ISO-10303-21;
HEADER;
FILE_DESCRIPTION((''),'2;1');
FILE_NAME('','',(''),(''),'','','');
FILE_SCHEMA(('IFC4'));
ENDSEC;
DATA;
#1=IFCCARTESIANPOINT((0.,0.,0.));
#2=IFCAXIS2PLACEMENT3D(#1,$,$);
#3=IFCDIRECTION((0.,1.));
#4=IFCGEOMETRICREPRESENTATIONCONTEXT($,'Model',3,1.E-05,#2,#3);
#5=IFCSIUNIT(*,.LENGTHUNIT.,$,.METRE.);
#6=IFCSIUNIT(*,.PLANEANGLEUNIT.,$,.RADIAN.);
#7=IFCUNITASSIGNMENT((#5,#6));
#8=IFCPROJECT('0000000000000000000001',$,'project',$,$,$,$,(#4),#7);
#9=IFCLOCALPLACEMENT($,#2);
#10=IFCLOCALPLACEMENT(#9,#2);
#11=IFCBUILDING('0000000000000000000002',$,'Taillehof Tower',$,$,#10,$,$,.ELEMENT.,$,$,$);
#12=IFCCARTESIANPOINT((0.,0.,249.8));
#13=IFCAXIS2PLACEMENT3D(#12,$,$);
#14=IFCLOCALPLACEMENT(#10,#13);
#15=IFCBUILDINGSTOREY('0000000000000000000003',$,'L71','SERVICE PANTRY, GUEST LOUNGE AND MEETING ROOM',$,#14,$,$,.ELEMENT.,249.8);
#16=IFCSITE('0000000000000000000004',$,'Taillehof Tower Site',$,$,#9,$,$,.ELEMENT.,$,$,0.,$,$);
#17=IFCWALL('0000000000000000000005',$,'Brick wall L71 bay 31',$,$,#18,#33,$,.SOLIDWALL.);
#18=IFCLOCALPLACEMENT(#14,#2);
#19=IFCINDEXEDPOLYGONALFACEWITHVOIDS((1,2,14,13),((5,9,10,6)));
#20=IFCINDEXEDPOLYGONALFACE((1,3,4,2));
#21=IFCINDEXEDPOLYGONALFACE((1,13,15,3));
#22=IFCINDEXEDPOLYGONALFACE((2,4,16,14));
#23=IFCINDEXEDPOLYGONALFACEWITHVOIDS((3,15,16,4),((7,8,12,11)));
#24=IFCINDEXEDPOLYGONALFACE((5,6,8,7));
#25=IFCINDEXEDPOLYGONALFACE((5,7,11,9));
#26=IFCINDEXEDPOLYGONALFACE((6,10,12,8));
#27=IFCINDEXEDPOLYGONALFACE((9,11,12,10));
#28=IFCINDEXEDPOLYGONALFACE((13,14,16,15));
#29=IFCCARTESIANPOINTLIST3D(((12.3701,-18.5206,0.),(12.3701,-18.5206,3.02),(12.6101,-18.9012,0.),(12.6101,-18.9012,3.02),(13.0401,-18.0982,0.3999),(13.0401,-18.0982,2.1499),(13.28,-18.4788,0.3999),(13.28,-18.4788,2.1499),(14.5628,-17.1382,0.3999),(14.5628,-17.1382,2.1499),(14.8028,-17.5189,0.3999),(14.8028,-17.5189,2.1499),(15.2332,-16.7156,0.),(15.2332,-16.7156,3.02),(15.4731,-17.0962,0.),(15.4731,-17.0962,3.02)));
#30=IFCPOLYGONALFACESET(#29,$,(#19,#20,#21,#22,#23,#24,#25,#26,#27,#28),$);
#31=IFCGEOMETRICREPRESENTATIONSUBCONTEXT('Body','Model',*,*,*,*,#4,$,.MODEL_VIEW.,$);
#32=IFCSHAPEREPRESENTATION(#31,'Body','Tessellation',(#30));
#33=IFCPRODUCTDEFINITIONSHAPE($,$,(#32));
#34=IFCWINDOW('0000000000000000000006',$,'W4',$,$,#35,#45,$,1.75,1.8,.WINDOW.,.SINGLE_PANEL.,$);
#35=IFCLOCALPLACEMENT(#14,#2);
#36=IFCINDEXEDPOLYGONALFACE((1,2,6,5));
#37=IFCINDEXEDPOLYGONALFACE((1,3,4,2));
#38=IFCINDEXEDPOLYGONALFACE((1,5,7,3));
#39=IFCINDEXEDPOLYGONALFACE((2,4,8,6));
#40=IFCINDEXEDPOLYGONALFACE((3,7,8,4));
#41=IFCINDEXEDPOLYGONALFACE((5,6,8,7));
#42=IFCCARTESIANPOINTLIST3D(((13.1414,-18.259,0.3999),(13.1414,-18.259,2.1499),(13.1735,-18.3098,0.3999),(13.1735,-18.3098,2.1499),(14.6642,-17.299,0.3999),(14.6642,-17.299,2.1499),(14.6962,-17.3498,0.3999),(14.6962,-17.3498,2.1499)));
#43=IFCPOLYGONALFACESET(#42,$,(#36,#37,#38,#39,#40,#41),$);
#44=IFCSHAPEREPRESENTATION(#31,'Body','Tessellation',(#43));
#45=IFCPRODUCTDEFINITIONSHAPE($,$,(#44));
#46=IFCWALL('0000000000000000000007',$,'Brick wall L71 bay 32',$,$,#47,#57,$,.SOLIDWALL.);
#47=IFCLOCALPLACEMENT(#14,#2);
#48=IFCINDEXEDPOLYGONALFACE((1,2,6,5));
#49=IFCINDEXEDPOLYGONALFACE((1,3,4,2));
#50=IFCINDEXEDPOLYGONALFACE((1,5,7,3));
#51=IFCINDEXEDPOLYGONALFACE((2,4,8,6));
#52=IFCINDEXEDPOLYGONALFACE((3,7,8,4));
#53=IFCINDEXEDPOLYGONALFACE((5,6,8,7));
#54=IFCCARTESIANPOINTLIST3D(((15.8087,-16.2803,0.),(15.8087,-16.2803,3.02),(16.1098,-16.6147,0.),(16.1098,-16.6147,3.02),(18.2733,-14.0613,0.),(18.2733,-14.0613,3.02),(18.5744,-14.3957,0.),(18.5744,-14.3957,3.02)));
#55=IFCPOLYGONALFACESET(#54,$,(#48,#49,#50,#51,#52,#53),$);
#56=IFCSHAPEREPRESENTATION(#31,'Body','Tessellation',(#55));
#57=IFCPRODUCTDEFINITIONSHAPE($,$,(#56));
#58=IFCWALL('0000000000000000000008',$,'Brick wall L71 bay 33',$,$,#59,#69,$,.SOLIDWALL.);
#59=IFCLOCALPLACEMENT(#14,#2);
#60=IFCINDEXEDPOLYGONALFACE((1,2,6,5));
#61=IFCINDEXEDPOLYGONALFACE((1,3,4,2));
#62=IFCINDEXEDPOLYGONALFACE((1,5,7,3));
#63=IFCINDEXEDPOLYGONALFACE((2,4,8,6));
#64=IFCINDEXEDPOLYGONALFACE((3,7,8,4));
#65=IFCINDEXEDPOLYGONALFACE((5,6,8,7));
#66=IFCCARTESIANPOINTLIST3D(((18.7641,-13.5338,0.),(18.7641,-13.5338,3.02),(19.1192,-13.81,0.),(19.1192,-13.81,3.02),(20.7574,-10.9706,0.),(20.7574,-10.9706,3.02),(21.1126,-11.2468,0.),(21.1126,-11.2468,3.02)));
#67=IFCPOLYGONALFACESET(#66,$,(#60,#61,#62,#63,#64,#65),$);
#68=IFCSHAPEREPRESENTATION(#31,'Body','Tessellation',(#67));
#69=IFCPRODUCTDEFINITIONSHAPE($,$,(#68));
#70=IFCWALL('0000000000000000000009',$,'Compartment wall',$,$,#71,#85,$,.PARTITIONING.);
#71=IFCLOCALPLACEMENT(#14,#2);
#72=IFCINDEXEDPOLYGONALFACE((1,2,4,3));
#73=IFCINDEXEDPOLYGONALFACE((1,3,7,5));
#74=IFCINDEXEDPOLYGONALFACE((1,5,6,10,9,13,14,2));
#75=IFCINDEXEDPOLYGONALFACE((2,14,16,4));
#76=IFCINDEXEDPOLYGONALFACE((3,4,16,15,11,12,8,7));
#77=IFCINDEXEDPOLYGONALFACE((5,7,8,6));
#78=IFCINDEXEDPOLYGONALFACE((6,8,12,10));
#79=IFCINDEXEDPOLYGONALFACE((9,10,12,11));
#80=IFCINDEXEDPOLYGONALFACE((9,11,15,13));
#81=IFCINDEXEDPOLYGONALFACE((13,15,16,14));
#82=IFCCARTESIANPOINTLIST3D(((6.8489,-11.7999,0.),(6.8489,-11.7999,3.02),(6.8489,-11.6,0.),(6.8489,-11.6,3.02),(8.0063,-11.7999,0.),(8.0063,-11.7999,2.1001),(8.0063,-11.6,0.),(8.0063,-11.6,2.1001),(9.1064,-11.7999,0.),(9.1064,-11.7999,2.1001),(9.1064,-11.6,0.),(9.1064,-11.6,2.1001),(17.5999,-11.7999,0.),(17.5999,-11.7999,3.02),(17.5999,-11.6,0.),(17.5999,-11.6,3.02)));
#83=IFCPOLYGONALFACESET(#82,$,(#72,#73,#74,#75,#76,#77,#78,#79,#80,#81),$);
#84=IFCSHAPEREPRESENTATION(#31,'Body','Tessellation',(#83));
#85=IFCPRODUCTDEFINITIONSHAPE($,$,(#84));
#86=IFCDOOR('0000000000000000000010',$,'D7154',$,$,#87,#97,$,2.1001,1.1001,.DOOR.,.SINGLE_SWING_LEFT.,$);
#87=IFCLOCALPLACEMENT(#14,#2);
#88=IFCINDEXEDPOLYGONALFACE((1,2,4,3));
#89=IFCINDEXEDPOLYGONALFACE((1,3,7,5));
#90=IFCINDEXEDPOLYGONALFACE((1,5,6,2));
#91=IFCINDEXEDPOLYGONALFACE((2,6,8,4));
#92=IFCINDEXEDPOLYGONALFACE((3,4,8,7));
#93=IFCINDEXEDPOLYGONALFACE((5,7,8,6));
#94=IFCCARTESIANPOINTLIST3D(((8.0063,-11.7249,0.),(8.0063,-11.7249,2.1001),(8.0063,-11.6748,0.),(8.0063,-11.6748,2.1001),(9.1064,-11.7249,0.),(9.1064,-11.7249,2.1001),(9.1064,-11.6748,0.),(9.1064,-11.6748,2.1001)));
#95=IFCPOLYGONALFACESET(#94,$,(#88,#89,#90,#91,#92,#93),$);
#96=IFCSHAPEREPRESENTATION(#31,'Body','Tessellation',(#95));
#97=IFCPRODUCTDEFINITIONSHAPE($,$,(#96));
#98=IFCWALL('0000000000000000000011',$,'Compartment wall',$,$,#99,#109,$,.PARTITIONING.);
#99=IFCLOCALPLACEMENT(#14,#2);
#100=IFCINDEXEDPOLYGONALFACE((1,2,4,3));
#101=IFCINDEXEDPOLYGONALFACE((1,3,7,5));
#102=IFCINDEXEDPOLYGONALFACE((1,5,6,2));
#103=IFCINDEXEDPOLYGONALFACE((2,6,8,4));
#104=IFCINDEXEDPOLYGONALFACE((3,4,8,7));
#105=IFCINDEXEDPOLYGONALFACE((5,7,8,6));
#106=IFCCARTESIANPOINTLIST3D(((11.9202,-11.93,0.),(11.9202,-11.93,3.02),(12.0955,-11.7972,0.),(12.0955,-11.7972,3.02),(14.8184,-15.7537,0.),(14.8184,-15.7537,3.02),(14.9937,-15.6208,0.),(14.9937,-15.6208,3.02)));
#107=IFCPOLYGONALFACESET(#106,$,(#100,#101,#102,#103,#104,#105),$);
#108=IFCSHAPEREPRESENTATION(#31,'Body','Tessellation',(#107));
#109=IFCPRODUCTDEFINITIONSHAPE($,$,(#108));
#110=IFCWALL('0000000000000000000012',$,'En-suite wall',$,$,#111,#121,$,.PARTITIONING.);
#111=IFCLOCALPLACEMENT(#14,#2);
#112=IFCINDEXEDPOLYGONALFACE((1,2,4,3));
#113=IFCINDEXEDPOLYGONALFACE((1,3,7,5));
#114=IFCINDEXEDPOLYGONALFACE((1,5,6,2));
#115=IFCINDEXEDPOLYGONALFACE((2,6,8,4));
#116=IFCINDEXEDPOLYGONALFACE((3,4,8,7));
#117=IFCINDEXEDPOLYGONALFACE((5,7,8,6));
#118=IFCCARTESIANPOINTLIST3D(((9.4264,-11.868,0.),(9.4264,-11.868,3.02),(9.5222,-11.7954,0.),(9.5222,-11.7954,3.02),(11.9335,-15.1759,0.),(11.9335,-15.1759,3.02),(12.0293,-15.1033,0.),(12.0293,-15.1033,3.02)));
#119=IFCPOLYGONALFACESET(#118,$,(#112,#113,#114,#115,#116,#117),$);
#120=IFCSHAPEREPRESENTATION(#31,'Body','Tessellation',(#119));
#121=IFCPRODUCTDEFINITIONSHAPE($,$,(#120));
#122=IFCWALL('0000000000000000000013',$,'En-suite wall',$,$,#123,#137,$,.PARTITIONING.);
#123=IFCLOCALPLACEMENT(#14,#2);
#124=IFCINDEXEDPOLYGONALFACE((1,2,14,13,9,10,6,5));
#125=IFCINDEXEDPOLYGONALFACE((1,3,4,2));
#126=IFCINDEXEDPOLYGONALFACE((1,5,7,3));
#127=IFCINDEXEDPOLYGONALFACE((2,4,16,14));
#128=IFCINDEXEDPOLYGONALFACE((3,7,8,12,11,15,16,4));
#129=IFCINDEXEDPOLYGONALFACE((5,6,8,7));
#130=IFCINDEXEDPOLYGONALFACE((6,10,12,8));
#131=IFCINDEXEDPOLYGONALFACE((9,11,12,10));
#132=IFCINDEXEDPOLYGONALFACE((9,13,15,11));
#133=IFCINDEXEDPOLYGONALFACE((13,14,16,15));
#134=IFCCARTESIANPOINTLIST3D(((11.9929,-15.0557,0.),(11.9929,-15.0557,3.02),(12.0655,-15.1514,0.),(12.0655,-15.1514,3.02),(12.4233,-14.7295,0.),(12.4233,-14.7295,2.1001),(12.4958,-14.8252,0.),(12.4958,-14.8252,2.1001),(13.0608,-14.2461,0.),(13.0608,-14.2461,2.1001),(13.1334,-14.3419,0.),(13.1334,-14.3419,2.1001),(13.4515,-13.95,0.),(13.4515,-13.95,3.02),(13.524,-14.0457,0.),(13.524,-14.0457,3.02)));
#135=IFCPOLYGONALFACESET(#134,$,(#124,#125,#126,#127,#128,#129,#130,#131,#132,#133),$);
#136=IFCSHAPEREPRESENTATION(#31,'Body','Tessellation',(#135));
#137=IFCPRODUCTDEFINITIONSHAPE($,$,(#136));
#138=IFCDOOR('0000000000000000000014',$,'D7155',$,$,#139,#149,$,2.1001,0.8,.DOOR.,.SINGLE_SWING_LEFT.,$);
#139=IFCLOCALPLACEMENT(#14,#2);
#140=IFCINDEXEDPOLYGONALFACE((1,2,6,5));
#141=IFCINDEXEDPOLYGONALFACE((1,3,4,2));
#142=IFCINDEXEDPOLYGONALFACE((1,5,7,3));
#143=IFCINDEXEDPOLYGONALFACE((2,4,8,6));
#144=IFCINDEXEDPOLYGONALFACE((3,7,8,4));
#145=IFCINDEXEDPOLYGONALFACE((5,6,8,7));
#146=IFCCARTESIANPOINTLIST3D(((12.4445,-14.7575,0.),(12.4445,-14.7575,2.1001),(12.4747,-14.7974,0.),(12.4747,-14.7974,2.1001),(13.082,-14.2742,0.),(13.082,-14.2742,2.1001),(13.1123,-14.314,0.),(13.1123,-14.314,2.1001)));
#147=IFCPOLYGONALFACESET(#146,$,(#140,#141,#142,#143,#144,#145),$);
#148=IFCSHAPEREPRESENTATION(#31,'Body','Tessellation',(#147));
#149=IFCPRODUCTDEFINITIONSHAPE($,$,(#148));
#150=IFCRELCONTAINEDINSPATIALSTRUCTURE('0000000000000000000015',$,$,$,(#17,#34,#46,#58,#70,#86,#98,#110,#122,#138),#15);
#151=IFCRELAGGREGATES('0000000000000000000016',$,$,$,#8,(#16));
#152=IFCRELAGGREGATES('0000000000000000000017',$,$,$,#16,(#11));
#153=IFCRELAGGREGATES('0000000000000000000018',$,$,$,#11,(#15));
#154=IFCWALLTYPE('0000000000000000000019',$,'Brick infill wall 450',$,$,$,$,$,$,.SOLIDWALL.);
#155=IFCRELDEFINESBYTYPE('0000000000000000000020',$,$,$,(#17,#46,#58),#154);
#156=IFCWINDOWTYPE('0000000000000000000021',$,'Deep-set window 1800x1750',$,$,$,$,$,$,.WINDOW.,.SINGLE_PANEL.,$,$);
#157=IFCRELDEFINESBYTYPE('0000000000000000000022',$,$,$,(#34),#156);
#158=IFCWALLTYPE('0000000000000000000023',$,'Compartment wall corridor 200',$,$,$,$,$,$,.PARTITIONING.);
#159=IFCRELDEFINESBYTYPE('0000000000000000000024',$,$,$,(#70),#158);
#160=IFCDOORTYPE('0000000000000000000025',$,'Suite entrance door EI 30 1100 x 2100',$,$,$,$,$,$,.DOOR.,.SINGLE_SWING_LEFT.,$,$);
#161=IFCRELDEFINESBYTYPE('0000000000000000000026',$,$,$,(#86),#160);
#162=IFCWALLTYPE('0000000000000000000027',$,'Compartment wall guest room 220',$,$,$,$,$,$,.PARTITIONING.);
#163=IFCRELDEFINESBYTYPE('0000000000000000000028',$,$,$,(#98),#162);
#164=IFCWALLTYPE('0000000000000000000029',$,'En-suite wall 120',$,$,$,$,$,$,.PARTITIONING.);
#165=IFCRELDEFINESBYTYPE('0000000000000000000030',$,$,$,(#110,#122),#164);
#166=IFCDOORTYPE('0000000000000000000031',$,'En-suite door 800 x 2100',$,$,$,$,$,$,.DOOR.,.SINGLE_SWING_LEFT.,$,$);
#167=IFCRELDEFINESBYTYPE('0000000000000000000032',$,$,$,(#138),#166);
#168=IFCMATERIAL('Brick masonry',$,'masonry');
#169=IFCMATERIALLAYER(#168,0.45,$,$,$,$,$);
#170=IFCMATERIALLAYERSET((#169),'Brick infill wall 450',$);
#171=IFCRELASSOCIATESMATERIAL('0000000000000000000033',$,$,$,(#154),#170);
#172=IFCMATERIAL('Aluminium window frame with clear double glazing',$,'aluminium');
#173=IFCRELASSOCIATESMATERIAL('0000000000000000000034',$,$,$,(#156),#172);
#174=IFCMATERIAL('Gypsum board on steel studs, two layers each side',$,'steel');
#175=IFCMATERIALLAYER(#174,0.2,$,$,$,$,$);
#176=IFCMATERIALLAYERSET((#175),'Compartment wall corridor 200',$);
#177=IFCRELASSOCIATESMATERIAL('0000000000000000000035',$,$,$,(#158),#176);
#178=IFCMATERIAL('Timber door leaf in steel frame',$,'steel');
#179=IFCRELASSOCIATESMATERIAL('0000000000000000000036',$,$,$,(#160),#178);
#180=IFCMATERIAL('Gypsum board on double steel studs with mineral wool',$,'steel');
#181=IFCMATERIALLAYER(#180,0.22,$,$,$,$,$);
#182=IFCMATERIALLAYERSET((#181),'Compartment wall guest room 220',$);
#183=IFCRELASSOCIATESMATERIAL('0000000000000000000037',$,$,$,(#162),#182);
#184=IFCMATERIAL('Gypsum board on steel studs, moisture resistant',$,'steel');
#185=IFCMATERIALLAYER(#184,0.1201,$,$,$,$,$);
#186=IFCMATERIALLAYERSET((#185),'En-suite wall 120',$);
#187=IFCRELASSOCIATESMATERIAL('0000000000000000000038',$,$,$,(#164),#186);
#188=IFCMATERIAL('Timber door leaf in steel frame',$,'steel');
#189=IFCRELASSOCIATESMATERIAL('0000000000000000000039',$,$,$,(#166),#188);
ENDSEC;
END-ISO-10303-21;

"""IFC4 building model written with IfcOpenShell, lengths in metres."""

from ifc_helpers import new_model, si_unit, direction, frame, frame_2d, origin, place, context, subcontext, project, spatial, rectangle, extrude, material, layer, layer_set, type_object, element, fill, save


model = new_model("IFC4")

# Units and contexts
model_context = context("Model", 3, precision=1e-05, world=origin(), true_north=direction((0.0, 1.0)))
body_context = subcontext(model_context, "Body", "Model", "MODEL_VIEW")
ifc_project = project(units=[si_unit("LENGTHUNIT", "METRE"), si_unit("PLANEANGLEUNIT", "RADIAN")], contexts=[model_context])

# Site, building, storey
site_placement = place(None, origin())
site = spatial("IfcSite", under=ifc_project, at=site_placement, Name="Taillehof Tower Site", CompositionType="ELEMENT", RefElevation=0.0)
building_placement = place(site_placement, origin())
building = spatial("IfcBuilding", under=site, at=building_placement, Name="Taillehof Tower", CompositionType="ELEMENT")
storey_placement = place(building_placement, frame((0.0, 0.0, 249.8)))
storey = spatial("IfcBuildingStorey", under=building, at=storey_placement, Name="L71", Description="SERVICE PANTRY, GUEST LOUNGE AND MEETING ROOM", CompositionType="ELEMENT", Elevation=249.8)

# Wall, opening, window
ifc_material_1 = material(Name="Brick masonry", Category="masonry")
ifc_layer_1 = layer(ifc_material_1, 0.45)
ifc_layer_set_1 = layer_set([ifc_layer_1], Name="Brick infill wall 450")
wall_type_1 = type_object("IfcWallType", Name="Brick infill wall 450", PredefinedType="SOLIDWALL", material=ifc_layer_set_1)
ifc_material_2 = material(Name="Aluminium window frame with clear double glazing", Category="aluminium")
window_type = type_object("IfcWindowType", Name="Deep-set window 1800x1750", PartitioningType="SINGLE_PANEL", PredefinedType="WINDOW", material=ifc_material_2)
wall_1_placement = place(storey_placement, frame((12.49, -18.7109, 0.0), z_axis=(0.0, 0.0, 1.0), x_axis=(0.845929, 0.533295, 0.0)))
wall_1 = element("IfcWall", 1, at=wall_1_placement, inside=storey, type_object=wall_type_1, Name="Brick wall L71 bay 31", PredefinedType="SOLIDWALL", context=body_context, shape_type="SweptSolid", body=[
    extrude(rectangle(XDim=3.3845, YDim=0.45, at=frame_2d((1.6924, 0.0))), origin(), (0.0, 0.0, 1.0), 3.02),
])
opening_1_placement = place(wall_1_placement, frame((0.7922, 0.0, 0.3999)))
opening_1 = element("IfcOpeningElement", 2, at=opening_1_placement, cuts=wall_1, PredefinedType="OPENING", context=body_context, shape_type="SweptSolid", body=[
    extrude(rectangle(XDim=1.8, YDim=1.75, at=frame_2d((0.8999, 0.875))), frame((0.0, 0.2349, 0.0), z_axis=(0.0, -1.0, 0.0), x_axis=(1.0, 0.0, 0.0)), (0.0, 0.0, 1.0), 0.47),
])
window_1_placement = place(opening_1_placement, origin())
window_1 = element("IfcWindow", 3, at=window_1_placement, inside=storey, type_object=window_type, Name="W4", OverallHeight=1.75, OverallWidth=1.8, PartitioningType="SINGLE_PANEL", PredefinedType="WINDOW", context=body_context, shape_type="SweptSolid", body=[
    extrude(rectangle(XDim=1.8, YDim=1.75, at=frame_2d((0.8999, 0.875))), frame((0.0, 0.0349, 0.0), z_axis=(0.0, -1.0, 0.0), x_axis=(1.0, 0.0, 0.0)), (0.0, 0.0, 1.0), 0.0601),
])
fill(opening_1, window_1)

# Walls
wall_2_placement = place(storey_placement, frame((15.9592, -16.4475, 0.0), z_axis=(0.0, 0.0, 1.0), x_axis=(0.743166, 0.669107, 0.0)))
element("IfcWall", 4, at=wall_2_placement, inside=storey, type_object=wall_type_1, Name="Brick wall L71 bay 32", PredefinedType="SOLIDWALL", context=body_context, shape_type="SweptSolid", body=[
    extrude(rectangle(XDim=3.3164, YDim=0.45, at=frame_2d((1.6582, 0.0))), origin(), (0.0, 0.0, 1.0), 3.02),
])
wall_3_placement = place(storey_placement, frame((18.9417, -13.6719, 0.0), z_axis=(0.0, 0.0, 1.0), x_axis=(0.613899, 0.789385, 0.0)))
element("IfcWall", 5, at=wall_3_placement, inside=storey, type_object=wall_type_1, Name="Brick wall L71 bay 33", PredefinedType="SOLIDWALL", context=body_context, shape_type="SweptSolid", body=[
    extrude(rectangle(XDim=3.2471, YDim=0.45, at=frame_2d((1.6235, 0.0))), origin(), (0.0, 0.0, 1.0), 3.02),
])

# Wall, opening, door
ifc_material_3 = material(Name="Gypsum board on steel studs, two layers each side", Category="steel")
ifc_layer_2 = layer(ifc_material_3, 0.2)
ifc_layer_set_2 = layer_set([ifc_layer_2], Name="Compartment wall corridor 200")
wall_type_2 = type_object("IfcWallType", Name="Compartment wall corridor 200", PredefinedType="PARTITIONING", material=ifc_layer_set_2)
wall_4_placement = place(storey_placement, frame((17.5999, -11.7, 0.0), z_axis=(0.0, 0.0, 1.0), x_axis=(-1.0, 0.0, 0.0)))
wall_4 = element("IfcWall", 6, at=wall_4_placement, inside=storey, type_object=wall_type_2, Name="Compartment wall", PredefinedType="PARTITIONING", context=body_context, shape_type="SweptSolid", body=[
    extrude(rectangle(XDim=10.751, YDim=0.2, at=frame_2d((5.3755, 0.0))), origin(), (0.0, 0.0, 1.0), 3.02),
])
opening_2_placement = place(wall_4_placement, frame((8.4934, 0.0, 0.0)))
opening_2 = element("IfcOpeningElement", 7, at=opening_2_placement, cuts=wall_4, PredefinedType="OPENING", context=body_context, shape_type="SweptSolid", body=[
    extrude(rectangle(XDim=1.1001, YDim=2.1001, at=frame_2d((0.55, 1.05))), frame((0.0, 0.1099, 0.0), z_axis=(0.0, -1.0, 0.0), x_axis=(1.0, 0.0, 0.0)), (0.0, 0.0, 1.0), 0.22),
])
ifc_material_4 = material(Name="Timber door leaf in steel frame", Category="steel")
door_type_1 = type_object("IfcDoorType", Name="Suite entrance door EI 30 1100 x 2100", OperationType="SINGLE_SWING_LEFT", PredefinedType="DOOR", material=ifc_material_4)
door_1_placement = place(opening_2_placement, origin())
door_1 = element("IfcDoor", 8, at=door_1_placement, inside=storey, type_object=door_type_1, Name="D7154", OperationType="SINGLE_SWING_LEFT", OverallHeight=2.1001, OverallWidth=1.1001, PredefinedType="DOOR", context=body_context, shape_type="SweptSolid", body=[
    extrude(rectangle(XDim=1.1001, YDim=2.1001, at=frame_2d((0.55, 1.05))), frame((0.0, 0.0249, 0.0), z_axis=(0.0, -1.0, 0.0), x_axis=(1.0, 0.0, 0.0)), (0.0, 0.0, 1.0), 0.05),
])
fill(opening_2, door_1)

# Walls
ifc_material_5 = material(Name="Gypsum board on double steel studs with mineral wool", Category="steel")
ifc_layer_3 = layer(ifc_material_5, 0.22)
ifc_layer_set_3 = layer_set([ifc_layer_3], Name="Compartment wall guest room 220")
wall_type_3 = type_object("IfcWallType", Name="Compartment wall guest room 220", PredefinedType="PARTITIONING", material=ifc_layer_set_3)
wall_5_placement = place(storey_placement, frame((14.906, -15.6873, 0.0), z_axis=(0.0, 0.0, 1.0), x_axis=(-0.604047, 0.796949, 0.0)))
element("IfcWall", 9, at=wall_5_placement, inside=storey, type_object=wall_type_3, Name="Compartment wall", PredefinedType="PARTITIONING", context=body_context, shape_type="SweptSolid", body=[
    extrude(rectangle(XDim=4.7979, YDim=0.22, at=frame_2d((2.3989, 0.0))), origin(), (0.0, 0.0, 1.0), 3.02),
])
ifc_material_6 = material(Name="Gypsum board on steel studs, moisture resistant", Category="steel")
ifc_layer_4 = layer(ifc_material_6, 0.1201)
ifc_layer_set_4 = layer_set([ifc_layer_4], Name="En-suite wall 120")
wall_type_4 = type_object("IfcWallType", Name="En-suite wall 120", PredefinedType="PARTITIONING", material=ifc_layer_set_4)
wall_6_placement = place(storey_placement, frame((9.4744, -11.8318, 0.0), z_axis=(0.0, 0.0, 1.0), x_axis=(0.60403, -0.796962, 0.0)))
element("IfcWall", 10, at=wall_6_placement, inside=storey, type_object=wall_type_4, Name="En-suite wall", PredefinedType="PARTITIONING", context=body_context, shape_type="SweptSolid", body=[
    extrude(rectangle(XDim=4.1506, YDim=0.1201, at=frame_2d((2.0752, 0.0))), origin(), (0.0, 0.0, 1.0), 3.02),
])

# Wall, opening, door
wall_7_placement = place(storey_placement, frame((12.0293, -15.1035, 0.0), z_axis=(0.0, 0.0, 1.0), x_axis=(0.796884, 0.604132, 0.0)))
wall_7 = element("IfcWall", 11, at=wall_7_placement, inside=storey, type_object=wall_type_4, Name="En-suite wall", PredefinedType="PARTITIONING", context=body_context, shape_type="SweptSolid", body=[
    extrude(rectangle(XDim=1.8303, YDim=0.1201, at=frame_2d((0.915, 0.0))), origin(), (0.0, 0.0, 1.0), 3.02),
])
opening_3_placement = place(wall_7_placement, frame((0.54, 0.0, 0.0)))
opening_3 = element("IfcOpeningElement", 12, at=opening_3_placement, cuts=wall_7, PredefinedType="OPENING", context=body_context, shape_type="SweptSolid", body=[
    extrude(rectangle(XDim=0.8, YDim=2.1001, at=frame_2d((0.3999, 1.05))), frame((0.0, 0.0701, 0.0), z_axis=(0.0, -1.0, 0.0), x_axis=(1.0, 0.0, 0.0)), (0.0, 0.0, 1.0), 0.1401),
])
ifc_material_7 = material(Name="Timber door leaf in steel frame", Category="steel")
door_type_2 = type_object("IfcDoorType", Name="En-suite door 800 x 2100", OperationType="SINGLE_SWING_LEFT", PredefinedType="DOOR", material=ifc_material_7)
door_2_placement = place(opening_3_placement, origin())
door_2 = element("IfcDoor", 13, at=door_2_placement, inside=storey, type_object=door_type_2, Name="D7155", OperationType="SINGLE_SWING_LEFT", OverallHeight=2.1001, OverallWidth=0.8, PredefinedType="DOOR", context=body_context, shape_type="SweptSolid", body=[
    extrude(rectangle(XDim=0.8, YDim=2.1001, at=frame_2d((0.3999, 1.05))), frame((0.0, 0.0249, 0.0), z_axis=(0.0, -1.0, 0.0), x_axis=(1.0, 0.0, 0.0)), (0.0, 0.0, 1.0), 0.05),
])
fill(opening_3, door_2)

save(model, "model.ifc")
